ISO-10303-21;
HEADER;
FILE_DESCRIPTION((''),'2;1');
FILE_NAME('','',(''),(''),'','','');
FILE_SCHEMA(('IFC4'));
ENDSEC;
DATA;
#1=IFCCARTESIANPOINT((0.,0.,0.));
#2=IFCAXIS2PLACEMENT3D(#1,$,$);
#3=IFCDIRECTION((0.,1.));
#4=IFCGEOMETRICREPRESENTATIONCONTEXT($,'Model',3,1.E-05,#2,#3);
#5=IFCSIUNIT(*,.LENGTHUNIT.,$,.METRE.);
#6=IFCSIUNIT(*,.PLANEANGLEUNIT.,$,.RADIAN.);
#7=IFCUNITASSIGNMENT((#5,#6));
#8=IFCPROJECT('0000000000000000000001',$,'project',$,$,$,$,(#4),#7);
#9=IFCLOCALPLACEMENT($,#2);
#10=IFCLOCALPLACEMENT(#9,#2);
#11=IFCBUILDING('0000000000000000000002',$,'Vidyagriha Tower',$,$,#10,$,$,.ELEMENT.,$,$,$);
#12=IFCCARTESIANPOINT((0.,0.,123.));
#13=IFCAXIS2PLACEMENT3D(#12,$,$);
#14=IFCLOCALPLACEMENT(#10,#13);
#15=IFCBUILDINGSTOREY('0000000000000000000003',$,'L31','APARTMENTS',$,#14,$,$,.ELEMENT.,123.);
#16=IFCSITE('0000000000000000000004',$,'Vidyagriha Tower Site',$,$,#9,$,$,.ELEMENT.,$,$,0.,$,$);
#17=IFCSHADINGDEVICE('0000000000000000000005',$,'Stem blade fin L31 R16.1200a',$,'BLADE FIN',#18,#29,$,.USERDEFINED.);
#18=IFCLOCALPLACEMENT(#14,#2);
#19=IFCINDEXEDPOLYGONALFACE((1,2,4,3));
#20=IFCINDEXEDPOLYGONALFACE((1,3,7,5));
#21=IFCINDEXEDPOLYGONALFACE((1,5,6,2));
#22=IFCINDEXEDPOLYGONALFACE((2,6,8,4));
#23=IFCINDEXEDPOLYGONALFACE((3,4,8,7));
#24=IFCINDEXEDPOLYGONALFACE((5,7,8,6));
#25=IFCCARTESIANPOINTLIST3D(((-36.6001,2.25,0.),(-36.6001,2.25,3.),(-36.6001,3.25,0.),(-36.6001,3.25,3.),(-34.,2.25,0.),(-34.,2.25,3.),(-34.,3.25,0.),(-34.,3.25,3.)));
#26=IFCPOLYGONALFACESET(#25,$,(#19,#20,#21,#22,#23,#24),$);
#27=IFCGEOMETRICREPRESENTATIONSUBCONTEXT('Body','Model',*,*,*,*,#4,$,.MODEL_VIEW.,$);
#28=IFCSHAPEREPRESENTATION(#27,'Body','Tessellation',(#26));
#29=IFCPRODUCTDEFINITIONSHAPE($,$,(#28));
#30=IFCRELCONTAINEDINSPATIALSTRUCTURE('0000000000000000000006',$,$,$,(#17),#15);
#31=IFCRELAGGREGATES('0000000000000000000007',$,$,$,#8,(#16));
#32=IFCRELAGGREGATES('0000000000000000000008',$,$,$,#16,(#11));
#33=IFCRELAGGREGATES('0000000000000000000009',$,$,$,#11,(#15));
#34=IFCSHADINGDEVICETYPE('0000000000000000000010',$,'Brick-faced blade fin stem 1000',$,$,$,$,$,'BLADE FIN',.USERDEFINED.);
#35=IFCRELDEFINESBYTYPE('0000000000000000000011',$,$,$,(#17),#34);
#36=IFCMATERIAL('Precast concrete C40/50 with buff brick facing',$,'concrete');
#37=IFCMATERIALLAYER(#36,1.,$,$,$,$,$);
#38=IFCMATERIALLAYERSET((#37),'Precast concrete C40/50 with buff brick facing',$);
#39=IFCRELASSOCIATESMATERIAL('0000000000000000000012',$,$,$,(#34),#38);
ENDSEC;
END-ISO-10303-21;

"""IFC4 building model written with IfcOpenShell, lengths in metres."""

from ifc_helpers import new_model, si_unit, direction, frame, origin, place, context, subcontext, project, spatial, polyline, outline, extrude, material, layer, layer_set, type_object, element, save


model = new_model("IFC4")

# Units and contexts
model_context = context("Model", 3, precision=1e-05, world=origin(), true_north=direction((0.0, 1.0)))
body_context = subcontext(model_context, "Body", "Model", "MODEL_VIEW")
ifc_project = project(units=[si_unit("LENGTHUNIT", "METRE"), si_unit("PLANEANGLEUNIT", "RADIAN")], contexts=[model_context])

# Site, building, storey
site_placement = place(None, origin())
site = spatial("IfcSite", under=ifc_project, at=site_placement, Name="Vidyagriha Tower Site", CompositionType="ELEMENT", RefElevation=0.0)
building_placement = place(site_placement, origin())
building = spatial("IfcBuilding", under=site, at=building_placement, Name="Vidyagriha Tower", CompositionType="ELEMENT")
storey_placement = place(building_placement, frame((0.0, 0.0, 123.0)))
storey = spatial("IfcBuildingStorey", under=building, at=storey_placement, Name="L31", Description="APARTMENTS", CompositionType="ELEMENT", Elevation=123.0)

# Shading device
ifc_material_1 = material(Name="Precast concrete C40/50 with buff brick facing", Category="concrete")
ifc_layer_1 = layer(ifc_material_1, 1.0)
ifc_layer_set_1 = layer_set([ifc_layer_1], Name="Precast concrete C40/50 with buff brick facing")
shading_device_type_1 = type_object("IfcShadingDeviceType", Name="Brick-faced blade fin stem 1000", ElementType="BLADE FIN", PredefinedType="USERDEFINED", material=ifc_layer_set_1)
shading_device_1_placement = place(storey_placement, frame((-35.3, 3.25, 0.0), z_axis=(0.0, 0.0, 1.0), x_axis=(0.0, -1.0, 0.0)))
element("IfcShadingDevice", 1, at=shading_device_1_placement, inside=storey, type_object=shading_device_type_1, Name="Stem blade fin L31 R16.1200a", ObjectType="BLADE FIN", PredefinedType="USERDEFINED", context=body_context, shape_type="SweptSolid", body=[
    extrude(outline(polyline([(0.0, 0.0), (1.0, 0.0), (1.0, 3.0), (0.0, 3.0), (0.0, 0.0)])), frame((0.0, 1.3, 0.0), z_axis=(0.0, -1.0, 0.0), x_axis=(1.0, 0.0, 0.0)), (0.0, 0.0, 1.0), 2.6001),
])

save(model, "model.ifc")
